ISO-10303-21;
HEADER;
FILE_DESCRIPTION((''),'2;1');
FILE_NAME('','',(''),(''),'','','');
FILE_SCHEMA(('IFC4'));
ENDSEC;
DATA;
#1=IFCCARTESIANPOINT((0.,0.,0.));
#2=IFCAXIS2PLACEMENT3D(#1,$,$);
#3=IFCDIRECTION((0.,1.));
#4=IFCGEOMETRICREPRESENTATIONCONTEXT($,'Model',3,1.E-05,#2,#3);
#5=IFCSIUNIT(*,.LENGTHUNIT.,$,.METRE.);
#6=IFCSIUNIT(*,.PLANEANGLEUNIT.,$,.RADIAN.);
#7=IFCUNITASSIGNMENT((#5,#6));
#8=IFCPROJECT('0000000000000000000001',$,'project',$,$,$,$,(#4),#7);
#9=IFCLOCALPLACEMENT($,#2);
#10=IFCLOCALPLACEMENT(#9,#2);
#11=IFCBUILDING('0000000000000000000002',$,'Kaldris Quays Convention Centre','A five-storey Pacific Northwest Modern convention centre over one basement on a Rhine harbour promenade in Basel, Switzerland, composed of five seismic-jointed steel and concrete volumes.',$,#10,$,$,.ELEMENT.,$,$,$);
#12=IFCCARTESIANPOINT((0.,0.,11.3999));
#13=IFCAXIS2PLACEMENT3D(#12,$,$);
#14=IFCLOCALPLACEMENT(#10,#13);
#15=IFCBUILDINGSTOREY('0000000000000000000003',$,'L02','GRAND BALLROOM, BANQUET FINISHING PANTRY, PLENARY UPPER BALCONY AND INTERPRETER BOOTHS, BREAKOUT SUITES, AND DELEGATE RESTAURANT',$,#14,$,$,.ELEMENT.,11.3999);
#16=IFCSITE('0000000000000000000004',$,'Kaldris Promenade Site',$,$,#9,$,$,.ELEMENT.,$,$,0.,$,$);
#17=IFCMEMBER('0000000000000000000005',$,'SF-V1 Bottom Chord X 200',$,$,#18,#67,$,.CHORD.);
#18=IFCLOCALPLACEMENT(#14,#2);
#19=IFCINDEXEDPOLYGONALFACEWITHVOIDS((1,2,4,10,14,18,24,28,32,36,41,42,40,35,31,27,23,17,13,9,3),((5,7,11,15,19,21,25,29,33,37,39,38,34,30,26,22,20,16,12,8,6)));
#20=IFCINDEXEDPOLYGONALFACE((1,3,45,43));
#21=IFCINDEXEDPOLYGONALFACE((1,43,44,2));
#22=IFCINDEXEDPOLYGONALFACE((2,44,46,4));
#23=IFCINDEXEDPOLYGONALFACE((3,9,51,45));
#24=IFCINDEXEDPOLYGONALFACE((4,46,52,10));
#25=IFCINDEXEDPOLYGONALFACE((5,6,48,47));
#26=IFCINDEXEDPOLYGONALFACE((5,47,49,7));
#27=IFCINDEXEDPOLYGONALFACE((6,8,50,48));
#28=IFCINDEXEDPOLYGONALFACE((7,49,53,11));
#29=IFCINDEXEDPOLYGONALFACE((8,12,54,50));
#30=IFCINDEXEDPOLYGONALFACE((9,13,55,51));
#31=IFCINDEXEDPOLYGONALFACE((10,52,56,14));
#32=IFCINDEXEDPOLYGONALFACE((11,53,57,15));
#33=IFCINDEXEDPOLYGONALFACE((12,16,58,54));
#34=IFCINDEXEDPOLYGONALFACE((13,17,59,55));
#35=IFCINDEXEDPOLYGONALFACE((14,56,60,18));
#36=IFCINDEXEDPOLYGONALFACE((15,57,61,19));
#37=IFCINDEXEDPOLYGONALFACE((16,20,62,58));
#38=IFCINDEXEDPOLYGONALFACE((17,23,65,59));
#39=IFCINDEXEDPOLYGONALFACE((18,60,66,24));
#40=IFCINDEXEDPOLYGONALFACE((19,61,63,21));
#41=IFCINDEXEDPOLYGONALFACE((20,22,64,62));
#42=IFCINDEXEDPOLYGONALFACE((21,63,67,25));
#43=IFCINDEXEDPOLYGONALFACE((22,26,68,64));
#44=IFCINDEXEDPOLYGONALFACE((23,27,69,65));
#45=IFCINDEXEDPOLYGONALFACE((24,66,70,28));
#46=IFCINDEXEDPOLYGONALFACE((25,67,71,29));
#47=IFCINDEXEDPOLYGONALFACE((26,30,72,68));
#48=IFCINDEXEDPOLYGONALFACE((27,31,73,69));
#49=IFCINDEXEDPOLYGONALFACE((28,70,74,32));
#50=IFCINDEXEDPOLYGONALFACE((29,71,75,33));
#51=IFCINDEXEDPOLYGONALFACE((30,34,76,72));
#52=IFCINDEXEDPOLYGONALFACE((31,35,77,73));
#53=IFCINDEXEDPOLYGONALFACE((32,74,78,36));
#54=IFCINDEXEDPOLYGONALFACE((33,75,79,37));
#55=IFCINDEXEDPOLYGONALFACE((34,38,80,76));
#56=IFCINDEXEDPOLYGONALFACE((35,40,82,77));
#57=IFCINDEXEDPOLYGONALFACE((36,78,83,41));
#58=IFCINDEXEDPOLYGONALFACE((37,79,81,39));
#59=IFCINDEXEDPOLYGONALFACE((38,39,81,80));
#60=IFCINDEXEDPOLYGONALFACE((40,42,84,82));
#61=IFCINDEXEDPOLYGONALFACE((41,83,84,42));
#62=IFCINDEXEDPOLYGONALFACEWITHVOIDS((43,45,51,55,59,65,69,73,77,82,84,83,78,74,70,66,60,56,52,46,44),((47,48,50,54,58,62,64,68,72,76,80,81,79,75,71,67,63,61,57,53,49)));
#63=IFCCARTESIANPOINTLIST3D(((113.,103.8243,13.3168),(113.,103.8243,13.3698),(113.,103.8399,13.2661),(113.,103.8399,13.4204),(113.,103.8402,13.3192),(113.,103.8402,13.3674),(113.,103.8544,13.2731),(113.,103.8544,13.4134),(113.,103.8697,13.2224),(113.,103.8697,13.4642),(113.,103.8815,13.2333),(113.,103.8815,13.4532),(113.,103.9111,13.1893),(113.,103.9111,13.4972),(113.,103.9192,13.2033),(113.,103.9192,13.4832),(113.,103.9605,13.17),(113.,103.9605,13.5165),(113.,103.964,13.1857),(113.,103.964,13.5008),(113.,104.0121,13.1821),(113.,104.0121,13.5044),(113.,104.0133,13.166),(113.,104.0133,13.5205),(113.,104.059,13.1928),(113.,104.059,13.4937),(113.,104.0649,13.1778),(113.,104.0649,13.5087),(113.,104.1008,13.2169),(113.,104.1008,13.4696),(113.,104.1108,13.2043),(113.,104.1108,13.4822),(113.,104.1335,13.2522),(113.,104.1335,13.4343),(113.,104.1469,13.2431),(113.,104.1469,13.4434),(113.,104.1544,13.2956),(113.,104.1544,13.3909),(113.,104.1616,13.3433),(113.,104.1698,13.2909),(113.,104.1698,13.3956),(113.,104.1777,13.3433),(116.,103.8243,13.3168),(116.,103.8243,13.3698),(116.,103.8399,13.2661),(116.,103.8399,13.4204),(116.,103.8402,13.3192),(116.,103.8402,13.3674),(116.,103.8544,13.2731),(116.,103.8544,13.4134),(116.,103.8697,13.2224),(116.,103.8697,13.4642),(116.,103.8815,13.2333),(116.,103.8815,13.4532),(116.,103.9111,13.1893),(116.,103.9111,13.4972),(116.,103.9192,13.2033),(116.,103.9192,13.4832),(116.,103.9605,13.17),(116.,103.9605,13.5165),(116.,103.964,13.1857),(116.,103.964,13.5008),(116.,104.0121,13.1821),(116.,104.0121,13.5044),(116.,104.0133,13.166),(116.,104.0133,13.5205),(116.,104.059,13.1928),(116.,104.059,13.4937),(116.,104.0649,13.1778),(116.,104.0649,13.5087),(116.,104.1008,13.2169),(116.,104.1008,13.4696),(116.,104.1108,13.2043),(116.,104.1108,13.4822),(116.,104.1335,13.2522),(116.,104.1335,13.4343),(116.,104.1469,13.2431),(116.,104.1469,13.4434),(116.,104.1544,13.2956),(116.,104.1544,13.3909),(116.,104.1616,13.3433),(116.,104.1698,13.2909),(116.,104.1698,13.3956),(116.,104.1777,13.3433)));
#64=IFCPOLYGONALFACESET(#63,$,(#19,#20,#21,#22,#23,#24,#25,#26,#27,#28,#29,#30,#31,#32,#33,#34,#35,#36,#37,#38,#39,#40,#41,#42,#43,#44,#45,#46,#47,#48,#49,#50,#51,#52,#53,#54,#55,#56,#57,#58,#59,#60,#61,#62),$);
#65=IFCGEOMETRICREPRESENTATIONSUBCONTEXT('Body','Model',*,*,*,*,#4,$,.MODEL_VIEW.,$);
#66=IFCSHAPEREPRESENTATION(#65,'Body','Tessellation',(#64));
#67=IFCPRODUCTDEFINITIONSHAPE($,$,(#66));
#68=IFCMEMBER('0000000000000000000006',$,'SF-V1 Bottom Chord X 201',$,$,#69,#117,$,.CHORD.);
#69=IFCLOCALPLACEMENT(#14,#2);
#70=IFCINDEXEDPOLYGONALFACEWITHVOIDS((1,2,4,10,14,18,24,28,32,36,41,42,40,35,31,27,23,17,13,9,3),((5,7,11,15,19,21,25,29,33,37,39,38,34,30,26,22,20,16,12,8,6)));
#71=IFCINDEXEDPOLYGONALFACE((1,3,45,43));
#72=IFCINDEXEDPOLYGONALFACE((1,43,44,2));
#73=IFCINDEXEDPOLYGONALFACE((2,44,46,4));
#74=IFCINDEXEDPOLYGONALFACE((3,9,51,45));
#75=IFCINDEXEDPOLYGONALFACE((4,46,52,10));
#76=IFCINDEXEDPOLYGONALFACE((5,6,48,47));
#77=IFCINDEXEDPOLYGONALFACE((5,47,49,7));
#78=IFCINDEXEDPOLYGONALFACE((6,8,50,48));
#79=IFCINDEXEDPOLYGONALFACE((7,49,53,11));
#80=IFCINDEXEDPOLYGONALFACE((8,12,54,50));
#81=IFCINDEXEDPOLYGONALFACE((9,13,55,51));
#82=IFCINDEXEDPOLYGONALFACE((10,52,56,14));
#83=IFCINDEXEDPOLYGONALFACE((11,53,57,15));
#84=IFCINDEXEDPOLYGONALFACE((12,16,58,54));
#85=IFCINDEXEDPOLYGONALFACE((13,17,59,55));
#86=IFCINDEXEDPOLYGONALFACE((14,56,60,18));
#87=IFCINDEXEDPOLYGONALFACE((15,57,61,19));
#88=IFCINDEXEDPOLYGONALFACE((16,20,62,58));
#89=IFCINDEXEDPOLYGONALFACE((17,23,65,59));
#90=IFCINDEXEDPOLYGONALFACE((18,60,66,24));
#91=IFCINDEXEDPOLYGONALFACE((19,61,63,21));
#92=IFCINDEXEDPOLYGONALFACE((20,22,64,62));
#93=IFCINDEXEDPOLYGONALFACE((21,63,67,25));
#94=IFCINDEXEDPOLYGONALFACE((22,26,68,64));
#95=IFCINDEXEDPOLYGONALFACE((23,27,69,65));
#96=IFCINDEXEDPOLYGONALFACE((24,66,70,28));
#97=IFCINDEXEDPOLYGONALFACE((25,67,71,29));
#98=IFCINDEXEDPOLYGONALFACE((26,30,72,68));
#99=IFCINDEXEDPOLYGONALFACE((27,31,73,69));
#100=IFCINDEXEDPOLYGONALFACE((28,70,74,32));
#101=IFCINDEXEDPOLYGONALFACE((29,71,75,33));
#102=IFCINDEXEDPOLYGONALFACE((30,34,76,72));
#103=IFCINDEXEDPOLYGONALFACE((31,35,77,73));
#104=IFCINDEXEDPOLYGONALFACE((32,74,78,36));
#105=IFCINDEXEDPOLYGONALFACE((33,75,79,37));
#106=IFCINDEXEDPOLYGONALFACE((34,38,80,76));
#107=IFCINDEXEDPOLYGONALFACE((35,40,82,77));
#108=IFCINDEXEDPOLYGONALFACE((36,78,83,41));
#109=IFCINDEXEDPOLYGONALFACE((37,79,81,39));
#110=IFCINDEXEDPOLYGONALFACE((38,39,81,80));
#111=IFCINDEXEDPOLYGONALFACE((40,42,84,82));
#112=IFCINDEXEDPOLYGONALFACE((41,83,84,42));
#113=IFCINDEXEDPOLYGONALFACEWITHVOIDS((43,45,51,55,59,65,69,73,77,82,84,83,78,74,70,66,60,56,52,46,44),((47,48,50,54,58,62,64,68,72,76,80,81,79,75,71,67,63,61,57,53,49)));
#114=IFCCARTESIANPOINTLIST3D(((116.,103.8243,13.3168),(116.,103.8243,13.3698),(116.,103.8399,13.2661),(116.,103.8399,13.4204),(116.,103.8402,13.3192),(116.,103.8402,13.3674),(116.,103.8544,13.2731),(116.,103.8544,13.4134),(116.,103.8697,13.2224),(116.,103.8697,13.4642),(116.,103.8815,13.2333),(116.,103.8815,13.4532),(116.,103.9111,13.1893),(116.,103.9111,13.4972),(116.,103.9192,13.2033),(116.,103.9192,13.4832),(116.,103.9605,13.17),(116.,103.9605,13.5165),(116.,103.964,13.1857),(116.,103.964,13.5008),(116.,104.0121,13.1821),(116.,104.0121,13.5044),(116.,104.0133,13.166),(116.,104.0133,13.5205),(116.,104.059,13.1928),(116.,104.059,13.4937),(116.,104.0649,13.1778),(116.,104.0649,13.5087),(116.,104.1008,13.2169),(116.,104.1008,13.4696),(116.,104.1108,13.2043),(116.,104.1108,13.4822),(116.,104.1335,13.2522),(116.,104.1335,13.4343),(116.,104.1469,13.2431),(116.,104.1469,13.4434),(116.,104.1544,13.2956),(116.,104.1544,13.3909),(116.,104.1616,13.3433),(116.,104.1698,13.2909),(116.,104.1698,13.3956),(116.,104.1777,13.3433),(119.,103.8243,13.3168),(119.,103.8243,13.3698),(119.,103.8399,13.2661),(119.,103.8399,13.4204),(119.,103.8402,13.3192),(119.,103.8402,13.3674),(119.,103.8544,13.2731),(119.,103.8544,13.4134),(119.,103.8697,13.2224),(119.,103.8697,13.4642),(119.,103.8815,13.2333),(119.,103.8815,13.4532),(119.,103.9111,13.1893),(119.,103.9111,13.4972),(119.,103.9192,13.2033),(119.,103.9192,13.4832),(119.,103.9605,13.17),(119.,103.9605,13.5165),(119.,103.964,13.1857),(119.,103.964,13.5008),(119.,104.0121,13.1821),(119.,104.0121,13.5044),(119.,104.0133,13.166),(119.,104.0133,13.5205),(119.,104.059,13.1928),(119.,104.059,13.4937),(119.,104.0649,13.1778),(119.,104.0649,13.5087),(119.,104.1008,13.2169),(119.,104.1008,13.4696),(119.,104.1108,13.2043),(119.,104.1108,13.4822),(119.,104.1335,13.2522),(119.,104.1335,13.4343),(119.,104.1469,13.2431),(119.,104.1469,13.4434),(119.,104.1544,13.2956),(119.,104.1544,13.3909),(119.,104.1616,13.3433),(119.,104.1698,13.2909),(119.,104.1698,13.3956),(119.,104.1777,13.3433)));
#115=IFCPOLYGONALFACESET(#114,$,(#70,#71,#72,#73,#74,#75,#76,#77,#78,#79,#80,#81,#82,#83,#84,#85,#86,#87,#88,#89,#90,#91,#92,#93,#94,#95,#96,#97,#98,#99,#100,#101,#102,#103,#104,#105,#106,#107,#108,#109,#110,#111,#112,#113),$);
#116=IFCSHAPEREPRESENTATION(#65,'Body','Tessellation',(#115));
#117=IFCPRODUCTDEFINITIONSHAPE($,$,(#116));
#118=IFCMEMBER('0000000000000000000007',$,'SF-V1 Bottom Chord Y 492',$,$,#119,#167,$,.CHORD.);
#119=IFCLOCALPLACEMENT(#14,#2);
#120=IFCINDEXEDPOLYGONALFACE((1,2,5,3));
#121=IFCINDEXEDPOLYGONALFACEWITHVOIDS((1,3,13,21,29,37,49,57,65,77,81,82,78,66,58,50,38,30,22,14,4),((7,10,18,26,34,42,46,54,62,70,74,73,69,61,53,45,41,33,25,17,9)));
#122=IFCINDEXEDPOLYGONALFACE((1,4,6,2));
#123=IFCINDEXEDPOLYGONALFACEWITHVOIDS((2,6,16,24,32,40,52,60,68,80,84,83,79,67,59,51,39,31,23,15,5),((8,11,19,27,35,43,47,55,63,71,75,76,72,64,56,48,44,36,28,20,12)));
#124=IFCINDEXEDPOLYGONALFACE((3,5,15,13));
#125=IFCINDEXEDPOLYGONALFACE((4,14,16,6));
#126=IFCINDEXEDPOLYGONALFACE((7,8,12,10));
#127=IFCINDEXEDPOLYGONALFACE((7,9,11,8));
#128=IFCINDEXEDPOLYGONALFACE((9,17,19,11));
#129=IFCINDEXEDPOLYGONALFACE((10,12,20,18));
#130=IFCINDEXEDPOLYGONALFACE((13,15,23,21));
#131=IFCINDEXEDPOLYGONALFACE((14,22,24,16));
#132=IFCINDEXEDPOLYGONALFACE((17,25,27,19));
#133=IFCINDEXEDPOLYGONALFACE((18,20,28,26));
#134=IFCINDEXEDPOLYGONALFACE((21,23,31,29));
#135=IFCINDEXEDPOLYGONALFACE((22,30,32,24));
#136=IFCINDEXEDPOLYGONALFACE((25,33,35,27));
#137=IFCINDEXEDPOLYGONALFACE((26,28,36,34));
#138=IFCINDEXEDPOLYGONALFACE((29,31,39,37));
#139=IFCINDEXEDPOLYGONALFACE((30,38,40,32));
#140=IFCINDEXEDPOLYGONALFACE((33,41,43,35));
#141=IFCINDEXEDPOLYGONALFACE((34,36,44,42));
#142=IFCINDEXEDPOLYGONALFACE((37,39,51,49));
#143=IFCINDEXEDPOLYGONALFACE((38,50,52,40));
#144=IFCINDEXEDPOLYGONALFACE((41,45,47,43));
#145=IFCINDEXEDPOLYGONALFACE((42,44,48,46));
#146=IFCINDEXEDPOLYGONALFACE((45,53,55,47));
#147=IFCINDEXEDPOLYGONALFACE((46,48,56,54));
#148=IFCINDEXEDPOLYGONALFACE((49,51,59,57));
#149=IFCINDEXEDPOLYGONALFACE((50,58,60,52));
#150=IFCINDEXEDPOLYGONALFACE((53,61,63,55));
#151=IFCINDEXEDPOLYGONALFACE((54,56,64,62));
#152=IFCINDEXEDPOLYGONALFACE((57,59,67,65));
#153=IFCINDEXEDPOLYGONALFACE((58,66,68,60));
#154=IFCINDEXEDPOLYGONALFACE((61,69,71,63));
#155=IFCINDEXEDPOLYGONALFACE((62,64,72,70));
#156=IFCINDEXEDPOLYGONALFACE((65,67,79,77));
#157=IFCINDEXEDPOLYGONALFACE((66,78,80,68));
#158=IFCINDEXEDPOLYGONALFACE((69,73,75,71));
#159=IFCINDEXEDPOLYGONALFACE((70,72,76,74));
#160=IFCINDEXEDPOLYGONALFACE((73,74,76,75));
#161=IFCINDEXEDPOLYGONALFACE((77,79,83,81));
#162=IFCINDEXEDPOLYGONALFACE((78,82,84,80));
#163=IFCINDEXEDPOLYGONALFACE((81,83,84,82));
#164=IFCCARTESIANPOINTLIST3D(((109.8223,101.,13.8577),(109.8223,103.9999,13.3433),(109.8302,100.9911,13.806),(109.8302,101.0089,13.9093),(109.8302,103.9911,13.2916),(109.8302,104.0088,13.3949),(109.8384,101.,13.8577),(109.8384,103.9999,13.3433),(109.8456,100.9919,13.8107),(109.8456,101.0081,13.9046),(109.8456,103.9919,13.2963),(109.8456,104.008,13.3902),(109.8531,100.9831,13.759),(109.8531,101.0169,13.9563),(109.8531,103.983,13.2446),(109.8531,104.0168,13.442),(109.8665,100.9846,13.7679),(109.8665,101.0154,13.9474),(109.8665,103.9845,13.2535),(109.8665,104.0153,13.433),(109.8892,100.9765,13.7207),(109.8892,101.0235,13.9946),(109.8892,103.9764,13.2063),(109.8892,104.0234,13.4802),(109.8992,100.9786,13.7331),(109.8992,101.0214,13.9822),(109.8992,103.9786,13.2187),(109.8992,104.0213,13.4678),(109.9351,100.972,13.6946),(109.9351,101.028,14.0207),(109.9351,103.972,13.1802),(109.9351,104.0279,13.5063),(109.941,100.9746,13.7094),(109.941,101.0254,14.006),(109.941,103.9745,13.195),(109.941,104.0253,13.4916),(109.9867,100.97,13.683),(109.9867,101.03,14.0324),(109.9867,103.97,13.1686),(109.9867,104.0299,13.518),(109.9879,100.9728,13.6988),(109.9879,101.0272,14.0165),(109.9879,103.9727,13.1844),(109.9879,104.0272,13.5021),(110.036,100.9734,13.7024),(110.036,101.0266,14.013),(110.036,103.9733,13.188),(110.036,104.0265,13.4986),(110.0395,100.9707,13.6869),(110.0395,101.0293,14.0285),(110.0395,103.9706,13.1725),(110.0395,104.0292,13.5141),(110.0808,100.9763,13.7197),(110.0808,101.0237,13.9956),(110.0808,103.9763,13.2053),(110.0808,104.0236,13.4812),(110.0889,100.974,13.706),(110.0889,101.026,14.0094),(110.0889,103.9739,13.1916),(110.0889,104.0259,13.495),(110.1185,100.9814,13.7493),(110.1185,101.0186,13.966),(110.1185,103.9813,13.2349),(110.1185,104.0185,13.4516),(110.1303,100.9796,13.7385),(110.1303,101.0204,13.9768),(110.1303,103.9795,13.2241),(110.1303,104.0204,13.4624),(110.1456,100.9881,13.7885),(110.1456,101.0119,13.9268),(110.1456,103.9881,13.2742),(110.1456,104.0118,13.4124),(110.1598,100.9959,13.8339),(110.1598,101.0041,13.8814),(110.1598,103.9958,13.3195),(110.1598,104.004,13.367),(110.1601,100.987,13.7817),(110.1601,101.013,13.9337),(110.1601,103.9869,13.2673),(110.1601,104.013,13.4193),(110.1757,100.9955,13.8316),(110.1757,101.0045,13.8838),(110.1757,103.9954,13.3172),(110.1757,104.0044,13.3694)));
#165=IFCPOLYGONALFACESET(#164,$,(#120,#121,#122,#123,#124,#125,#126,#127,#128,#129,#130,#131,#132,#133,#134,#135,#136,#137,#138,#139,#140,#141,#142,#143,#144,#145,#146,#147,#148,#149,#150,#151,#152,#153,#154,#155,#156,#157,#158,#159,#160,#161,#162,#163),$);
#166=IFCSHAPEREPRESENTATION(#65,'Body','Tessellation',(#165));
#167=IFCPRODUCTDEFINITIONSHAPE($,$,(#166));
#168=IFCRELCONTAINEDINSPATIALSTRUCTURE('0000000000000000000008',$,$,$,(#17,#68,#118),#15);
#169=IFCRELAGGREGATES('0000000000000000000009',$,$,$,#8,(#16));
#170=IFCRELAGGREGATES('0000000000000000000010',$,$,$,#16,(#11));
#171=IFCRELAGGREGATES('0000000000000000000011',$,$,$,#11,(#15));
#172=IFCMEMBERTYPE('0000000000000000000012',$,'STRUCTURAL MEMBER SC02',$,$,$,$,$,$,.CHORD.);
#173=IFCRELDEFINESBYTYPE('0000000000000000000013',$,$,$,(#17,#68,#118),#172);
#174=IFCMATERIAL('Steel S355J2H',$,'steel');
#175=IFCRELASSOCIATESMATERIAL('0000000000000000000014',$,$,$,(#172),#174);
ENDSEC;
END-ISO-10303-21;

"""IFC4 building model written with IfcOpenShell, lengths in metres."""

from ifc_helpers import new_model, si_unit, direction, frame, origin, origin_2d, place, context, subcontext, project, spatial, hollow_circle, extrude, material, material_profile, profile_set, type_object, element, save


model = new_model("IFC4")

# Units and contexts
model_context = context("Model", 3, precision=1e-05, world=origin(), true_north=direction((0.0, 1.0)))
body_context = subcontext(model_context, "Body", "Model", "MODEL_VIEW")
ifc_project = project(units=[si_unit("LENGTHUNIT", "METRE"), si_unit("PLANEANGLEUNIT", "RADIAN")], contexts=[model_context])

# Site, building, storey
site_placement = place(None, origin())
site = spatial("IfcSite", under=ifc_project, at=site_placement, Name="Kaldris Promenade Site", CompositionType="ELEMENT", RefElevation=0.0)
building_placement = place(site_placement, origin())
building = spatial("IfcBuilding", under=site, at=building_placement, Name="Kaldris Quays Convention Centre", Description="A five-storey Pacific Northwest Modern convention centre over one basement on a Rhine harbour promenade in Basel, Switzerland, composed of five seismic-jointed steel and concrete volumes.", CompositionType="ELEMENT")
storey_placement = place(building_placement, frame((0.0, 0.0, 11.3999)))
storey = spatial("IfcBuildingStorey", under=building, at=storey_placement, Name="L02", Description="GRAND BALLROOM, BANQUET FINISHING PANTRY, PLENARY UPPER BALCONY AND INTERPRETER BOOTHS, BREAKOUT SUITES, AND DELEGATE RESTAURANT", CompositionType="ELEMENT", Elevation=11.3999)

# Members
ifc_material_1 = material(Name="Steel S355J2H", Category="steel")
ifc_material_profile_1 = material_profile(ifc_material_1, hollow_circle(Radius=0.1777, WallThickness=0.0161, at=origin_2d()), Name="CHS 355.6x16")
ifc_profile_set_1 = profile_set([ifc_material_profile_1], Name="Steel S355J2H")
member_type_1 = type_object("IfcMemberType", Name="STRUCTURAL MEMBER SC02", PredefinedType="CHORD", material=ifc_profile_set_1)
for number, where, z_axis, x_axis, name in (
    (1, (113.0, 104.0, 13.3433), (1.0, 0.0, 0.0), (0.0, 1.0, 0.0), "SF-V1 Bottom Chord X 200"),
    (2, (116.0, 104.0, 13.3433), (1.0, 0.0, 0.0), (0.0, 1.0, 0.0), "SF-V1 Bottom Chord X 201"),
):
    element("IfcMember", number, at=place(storey_placement, frame(where, z_axis=z_axis, x_axis=x_axis)), inside=storey, type_object=member_type_1, Name=name, PredefinedType="CHORD", context=body_context, shape_type="SweptSolid", body=[
        extrude(hollow_circle(Radius=0.1777, WallThickness=0.0161, at=origin_2d()), origin(), (0.0, 0.0, 1.0), 3.0),
    ])
for number, where, z_axis, x_axis, name in (
    (3, (110.0, 101.0, 13.8577), (0.0, 0.985616, -0.169002), (-1.0, 0.0, 0.0), "SF-V1 Bottom Chord Y 492"),
):
    element("IfcMember", number, at=place(storey_placement, frame(where, z_axis=z_axis, x_axis=x_axis)), inside=storey, type_object=member_type_1, Name=name, PredefinedType="CHORD", context=body_context, shape_type="SweptSolid", body=[
        extrude(hollow_circle(Radius=0.1777, WallThickness=0.0161, at=origin_2d()), origin(), (0.0, 0.0, 1.0), 3.0437),
    ])

save(model, "model.ifc")
